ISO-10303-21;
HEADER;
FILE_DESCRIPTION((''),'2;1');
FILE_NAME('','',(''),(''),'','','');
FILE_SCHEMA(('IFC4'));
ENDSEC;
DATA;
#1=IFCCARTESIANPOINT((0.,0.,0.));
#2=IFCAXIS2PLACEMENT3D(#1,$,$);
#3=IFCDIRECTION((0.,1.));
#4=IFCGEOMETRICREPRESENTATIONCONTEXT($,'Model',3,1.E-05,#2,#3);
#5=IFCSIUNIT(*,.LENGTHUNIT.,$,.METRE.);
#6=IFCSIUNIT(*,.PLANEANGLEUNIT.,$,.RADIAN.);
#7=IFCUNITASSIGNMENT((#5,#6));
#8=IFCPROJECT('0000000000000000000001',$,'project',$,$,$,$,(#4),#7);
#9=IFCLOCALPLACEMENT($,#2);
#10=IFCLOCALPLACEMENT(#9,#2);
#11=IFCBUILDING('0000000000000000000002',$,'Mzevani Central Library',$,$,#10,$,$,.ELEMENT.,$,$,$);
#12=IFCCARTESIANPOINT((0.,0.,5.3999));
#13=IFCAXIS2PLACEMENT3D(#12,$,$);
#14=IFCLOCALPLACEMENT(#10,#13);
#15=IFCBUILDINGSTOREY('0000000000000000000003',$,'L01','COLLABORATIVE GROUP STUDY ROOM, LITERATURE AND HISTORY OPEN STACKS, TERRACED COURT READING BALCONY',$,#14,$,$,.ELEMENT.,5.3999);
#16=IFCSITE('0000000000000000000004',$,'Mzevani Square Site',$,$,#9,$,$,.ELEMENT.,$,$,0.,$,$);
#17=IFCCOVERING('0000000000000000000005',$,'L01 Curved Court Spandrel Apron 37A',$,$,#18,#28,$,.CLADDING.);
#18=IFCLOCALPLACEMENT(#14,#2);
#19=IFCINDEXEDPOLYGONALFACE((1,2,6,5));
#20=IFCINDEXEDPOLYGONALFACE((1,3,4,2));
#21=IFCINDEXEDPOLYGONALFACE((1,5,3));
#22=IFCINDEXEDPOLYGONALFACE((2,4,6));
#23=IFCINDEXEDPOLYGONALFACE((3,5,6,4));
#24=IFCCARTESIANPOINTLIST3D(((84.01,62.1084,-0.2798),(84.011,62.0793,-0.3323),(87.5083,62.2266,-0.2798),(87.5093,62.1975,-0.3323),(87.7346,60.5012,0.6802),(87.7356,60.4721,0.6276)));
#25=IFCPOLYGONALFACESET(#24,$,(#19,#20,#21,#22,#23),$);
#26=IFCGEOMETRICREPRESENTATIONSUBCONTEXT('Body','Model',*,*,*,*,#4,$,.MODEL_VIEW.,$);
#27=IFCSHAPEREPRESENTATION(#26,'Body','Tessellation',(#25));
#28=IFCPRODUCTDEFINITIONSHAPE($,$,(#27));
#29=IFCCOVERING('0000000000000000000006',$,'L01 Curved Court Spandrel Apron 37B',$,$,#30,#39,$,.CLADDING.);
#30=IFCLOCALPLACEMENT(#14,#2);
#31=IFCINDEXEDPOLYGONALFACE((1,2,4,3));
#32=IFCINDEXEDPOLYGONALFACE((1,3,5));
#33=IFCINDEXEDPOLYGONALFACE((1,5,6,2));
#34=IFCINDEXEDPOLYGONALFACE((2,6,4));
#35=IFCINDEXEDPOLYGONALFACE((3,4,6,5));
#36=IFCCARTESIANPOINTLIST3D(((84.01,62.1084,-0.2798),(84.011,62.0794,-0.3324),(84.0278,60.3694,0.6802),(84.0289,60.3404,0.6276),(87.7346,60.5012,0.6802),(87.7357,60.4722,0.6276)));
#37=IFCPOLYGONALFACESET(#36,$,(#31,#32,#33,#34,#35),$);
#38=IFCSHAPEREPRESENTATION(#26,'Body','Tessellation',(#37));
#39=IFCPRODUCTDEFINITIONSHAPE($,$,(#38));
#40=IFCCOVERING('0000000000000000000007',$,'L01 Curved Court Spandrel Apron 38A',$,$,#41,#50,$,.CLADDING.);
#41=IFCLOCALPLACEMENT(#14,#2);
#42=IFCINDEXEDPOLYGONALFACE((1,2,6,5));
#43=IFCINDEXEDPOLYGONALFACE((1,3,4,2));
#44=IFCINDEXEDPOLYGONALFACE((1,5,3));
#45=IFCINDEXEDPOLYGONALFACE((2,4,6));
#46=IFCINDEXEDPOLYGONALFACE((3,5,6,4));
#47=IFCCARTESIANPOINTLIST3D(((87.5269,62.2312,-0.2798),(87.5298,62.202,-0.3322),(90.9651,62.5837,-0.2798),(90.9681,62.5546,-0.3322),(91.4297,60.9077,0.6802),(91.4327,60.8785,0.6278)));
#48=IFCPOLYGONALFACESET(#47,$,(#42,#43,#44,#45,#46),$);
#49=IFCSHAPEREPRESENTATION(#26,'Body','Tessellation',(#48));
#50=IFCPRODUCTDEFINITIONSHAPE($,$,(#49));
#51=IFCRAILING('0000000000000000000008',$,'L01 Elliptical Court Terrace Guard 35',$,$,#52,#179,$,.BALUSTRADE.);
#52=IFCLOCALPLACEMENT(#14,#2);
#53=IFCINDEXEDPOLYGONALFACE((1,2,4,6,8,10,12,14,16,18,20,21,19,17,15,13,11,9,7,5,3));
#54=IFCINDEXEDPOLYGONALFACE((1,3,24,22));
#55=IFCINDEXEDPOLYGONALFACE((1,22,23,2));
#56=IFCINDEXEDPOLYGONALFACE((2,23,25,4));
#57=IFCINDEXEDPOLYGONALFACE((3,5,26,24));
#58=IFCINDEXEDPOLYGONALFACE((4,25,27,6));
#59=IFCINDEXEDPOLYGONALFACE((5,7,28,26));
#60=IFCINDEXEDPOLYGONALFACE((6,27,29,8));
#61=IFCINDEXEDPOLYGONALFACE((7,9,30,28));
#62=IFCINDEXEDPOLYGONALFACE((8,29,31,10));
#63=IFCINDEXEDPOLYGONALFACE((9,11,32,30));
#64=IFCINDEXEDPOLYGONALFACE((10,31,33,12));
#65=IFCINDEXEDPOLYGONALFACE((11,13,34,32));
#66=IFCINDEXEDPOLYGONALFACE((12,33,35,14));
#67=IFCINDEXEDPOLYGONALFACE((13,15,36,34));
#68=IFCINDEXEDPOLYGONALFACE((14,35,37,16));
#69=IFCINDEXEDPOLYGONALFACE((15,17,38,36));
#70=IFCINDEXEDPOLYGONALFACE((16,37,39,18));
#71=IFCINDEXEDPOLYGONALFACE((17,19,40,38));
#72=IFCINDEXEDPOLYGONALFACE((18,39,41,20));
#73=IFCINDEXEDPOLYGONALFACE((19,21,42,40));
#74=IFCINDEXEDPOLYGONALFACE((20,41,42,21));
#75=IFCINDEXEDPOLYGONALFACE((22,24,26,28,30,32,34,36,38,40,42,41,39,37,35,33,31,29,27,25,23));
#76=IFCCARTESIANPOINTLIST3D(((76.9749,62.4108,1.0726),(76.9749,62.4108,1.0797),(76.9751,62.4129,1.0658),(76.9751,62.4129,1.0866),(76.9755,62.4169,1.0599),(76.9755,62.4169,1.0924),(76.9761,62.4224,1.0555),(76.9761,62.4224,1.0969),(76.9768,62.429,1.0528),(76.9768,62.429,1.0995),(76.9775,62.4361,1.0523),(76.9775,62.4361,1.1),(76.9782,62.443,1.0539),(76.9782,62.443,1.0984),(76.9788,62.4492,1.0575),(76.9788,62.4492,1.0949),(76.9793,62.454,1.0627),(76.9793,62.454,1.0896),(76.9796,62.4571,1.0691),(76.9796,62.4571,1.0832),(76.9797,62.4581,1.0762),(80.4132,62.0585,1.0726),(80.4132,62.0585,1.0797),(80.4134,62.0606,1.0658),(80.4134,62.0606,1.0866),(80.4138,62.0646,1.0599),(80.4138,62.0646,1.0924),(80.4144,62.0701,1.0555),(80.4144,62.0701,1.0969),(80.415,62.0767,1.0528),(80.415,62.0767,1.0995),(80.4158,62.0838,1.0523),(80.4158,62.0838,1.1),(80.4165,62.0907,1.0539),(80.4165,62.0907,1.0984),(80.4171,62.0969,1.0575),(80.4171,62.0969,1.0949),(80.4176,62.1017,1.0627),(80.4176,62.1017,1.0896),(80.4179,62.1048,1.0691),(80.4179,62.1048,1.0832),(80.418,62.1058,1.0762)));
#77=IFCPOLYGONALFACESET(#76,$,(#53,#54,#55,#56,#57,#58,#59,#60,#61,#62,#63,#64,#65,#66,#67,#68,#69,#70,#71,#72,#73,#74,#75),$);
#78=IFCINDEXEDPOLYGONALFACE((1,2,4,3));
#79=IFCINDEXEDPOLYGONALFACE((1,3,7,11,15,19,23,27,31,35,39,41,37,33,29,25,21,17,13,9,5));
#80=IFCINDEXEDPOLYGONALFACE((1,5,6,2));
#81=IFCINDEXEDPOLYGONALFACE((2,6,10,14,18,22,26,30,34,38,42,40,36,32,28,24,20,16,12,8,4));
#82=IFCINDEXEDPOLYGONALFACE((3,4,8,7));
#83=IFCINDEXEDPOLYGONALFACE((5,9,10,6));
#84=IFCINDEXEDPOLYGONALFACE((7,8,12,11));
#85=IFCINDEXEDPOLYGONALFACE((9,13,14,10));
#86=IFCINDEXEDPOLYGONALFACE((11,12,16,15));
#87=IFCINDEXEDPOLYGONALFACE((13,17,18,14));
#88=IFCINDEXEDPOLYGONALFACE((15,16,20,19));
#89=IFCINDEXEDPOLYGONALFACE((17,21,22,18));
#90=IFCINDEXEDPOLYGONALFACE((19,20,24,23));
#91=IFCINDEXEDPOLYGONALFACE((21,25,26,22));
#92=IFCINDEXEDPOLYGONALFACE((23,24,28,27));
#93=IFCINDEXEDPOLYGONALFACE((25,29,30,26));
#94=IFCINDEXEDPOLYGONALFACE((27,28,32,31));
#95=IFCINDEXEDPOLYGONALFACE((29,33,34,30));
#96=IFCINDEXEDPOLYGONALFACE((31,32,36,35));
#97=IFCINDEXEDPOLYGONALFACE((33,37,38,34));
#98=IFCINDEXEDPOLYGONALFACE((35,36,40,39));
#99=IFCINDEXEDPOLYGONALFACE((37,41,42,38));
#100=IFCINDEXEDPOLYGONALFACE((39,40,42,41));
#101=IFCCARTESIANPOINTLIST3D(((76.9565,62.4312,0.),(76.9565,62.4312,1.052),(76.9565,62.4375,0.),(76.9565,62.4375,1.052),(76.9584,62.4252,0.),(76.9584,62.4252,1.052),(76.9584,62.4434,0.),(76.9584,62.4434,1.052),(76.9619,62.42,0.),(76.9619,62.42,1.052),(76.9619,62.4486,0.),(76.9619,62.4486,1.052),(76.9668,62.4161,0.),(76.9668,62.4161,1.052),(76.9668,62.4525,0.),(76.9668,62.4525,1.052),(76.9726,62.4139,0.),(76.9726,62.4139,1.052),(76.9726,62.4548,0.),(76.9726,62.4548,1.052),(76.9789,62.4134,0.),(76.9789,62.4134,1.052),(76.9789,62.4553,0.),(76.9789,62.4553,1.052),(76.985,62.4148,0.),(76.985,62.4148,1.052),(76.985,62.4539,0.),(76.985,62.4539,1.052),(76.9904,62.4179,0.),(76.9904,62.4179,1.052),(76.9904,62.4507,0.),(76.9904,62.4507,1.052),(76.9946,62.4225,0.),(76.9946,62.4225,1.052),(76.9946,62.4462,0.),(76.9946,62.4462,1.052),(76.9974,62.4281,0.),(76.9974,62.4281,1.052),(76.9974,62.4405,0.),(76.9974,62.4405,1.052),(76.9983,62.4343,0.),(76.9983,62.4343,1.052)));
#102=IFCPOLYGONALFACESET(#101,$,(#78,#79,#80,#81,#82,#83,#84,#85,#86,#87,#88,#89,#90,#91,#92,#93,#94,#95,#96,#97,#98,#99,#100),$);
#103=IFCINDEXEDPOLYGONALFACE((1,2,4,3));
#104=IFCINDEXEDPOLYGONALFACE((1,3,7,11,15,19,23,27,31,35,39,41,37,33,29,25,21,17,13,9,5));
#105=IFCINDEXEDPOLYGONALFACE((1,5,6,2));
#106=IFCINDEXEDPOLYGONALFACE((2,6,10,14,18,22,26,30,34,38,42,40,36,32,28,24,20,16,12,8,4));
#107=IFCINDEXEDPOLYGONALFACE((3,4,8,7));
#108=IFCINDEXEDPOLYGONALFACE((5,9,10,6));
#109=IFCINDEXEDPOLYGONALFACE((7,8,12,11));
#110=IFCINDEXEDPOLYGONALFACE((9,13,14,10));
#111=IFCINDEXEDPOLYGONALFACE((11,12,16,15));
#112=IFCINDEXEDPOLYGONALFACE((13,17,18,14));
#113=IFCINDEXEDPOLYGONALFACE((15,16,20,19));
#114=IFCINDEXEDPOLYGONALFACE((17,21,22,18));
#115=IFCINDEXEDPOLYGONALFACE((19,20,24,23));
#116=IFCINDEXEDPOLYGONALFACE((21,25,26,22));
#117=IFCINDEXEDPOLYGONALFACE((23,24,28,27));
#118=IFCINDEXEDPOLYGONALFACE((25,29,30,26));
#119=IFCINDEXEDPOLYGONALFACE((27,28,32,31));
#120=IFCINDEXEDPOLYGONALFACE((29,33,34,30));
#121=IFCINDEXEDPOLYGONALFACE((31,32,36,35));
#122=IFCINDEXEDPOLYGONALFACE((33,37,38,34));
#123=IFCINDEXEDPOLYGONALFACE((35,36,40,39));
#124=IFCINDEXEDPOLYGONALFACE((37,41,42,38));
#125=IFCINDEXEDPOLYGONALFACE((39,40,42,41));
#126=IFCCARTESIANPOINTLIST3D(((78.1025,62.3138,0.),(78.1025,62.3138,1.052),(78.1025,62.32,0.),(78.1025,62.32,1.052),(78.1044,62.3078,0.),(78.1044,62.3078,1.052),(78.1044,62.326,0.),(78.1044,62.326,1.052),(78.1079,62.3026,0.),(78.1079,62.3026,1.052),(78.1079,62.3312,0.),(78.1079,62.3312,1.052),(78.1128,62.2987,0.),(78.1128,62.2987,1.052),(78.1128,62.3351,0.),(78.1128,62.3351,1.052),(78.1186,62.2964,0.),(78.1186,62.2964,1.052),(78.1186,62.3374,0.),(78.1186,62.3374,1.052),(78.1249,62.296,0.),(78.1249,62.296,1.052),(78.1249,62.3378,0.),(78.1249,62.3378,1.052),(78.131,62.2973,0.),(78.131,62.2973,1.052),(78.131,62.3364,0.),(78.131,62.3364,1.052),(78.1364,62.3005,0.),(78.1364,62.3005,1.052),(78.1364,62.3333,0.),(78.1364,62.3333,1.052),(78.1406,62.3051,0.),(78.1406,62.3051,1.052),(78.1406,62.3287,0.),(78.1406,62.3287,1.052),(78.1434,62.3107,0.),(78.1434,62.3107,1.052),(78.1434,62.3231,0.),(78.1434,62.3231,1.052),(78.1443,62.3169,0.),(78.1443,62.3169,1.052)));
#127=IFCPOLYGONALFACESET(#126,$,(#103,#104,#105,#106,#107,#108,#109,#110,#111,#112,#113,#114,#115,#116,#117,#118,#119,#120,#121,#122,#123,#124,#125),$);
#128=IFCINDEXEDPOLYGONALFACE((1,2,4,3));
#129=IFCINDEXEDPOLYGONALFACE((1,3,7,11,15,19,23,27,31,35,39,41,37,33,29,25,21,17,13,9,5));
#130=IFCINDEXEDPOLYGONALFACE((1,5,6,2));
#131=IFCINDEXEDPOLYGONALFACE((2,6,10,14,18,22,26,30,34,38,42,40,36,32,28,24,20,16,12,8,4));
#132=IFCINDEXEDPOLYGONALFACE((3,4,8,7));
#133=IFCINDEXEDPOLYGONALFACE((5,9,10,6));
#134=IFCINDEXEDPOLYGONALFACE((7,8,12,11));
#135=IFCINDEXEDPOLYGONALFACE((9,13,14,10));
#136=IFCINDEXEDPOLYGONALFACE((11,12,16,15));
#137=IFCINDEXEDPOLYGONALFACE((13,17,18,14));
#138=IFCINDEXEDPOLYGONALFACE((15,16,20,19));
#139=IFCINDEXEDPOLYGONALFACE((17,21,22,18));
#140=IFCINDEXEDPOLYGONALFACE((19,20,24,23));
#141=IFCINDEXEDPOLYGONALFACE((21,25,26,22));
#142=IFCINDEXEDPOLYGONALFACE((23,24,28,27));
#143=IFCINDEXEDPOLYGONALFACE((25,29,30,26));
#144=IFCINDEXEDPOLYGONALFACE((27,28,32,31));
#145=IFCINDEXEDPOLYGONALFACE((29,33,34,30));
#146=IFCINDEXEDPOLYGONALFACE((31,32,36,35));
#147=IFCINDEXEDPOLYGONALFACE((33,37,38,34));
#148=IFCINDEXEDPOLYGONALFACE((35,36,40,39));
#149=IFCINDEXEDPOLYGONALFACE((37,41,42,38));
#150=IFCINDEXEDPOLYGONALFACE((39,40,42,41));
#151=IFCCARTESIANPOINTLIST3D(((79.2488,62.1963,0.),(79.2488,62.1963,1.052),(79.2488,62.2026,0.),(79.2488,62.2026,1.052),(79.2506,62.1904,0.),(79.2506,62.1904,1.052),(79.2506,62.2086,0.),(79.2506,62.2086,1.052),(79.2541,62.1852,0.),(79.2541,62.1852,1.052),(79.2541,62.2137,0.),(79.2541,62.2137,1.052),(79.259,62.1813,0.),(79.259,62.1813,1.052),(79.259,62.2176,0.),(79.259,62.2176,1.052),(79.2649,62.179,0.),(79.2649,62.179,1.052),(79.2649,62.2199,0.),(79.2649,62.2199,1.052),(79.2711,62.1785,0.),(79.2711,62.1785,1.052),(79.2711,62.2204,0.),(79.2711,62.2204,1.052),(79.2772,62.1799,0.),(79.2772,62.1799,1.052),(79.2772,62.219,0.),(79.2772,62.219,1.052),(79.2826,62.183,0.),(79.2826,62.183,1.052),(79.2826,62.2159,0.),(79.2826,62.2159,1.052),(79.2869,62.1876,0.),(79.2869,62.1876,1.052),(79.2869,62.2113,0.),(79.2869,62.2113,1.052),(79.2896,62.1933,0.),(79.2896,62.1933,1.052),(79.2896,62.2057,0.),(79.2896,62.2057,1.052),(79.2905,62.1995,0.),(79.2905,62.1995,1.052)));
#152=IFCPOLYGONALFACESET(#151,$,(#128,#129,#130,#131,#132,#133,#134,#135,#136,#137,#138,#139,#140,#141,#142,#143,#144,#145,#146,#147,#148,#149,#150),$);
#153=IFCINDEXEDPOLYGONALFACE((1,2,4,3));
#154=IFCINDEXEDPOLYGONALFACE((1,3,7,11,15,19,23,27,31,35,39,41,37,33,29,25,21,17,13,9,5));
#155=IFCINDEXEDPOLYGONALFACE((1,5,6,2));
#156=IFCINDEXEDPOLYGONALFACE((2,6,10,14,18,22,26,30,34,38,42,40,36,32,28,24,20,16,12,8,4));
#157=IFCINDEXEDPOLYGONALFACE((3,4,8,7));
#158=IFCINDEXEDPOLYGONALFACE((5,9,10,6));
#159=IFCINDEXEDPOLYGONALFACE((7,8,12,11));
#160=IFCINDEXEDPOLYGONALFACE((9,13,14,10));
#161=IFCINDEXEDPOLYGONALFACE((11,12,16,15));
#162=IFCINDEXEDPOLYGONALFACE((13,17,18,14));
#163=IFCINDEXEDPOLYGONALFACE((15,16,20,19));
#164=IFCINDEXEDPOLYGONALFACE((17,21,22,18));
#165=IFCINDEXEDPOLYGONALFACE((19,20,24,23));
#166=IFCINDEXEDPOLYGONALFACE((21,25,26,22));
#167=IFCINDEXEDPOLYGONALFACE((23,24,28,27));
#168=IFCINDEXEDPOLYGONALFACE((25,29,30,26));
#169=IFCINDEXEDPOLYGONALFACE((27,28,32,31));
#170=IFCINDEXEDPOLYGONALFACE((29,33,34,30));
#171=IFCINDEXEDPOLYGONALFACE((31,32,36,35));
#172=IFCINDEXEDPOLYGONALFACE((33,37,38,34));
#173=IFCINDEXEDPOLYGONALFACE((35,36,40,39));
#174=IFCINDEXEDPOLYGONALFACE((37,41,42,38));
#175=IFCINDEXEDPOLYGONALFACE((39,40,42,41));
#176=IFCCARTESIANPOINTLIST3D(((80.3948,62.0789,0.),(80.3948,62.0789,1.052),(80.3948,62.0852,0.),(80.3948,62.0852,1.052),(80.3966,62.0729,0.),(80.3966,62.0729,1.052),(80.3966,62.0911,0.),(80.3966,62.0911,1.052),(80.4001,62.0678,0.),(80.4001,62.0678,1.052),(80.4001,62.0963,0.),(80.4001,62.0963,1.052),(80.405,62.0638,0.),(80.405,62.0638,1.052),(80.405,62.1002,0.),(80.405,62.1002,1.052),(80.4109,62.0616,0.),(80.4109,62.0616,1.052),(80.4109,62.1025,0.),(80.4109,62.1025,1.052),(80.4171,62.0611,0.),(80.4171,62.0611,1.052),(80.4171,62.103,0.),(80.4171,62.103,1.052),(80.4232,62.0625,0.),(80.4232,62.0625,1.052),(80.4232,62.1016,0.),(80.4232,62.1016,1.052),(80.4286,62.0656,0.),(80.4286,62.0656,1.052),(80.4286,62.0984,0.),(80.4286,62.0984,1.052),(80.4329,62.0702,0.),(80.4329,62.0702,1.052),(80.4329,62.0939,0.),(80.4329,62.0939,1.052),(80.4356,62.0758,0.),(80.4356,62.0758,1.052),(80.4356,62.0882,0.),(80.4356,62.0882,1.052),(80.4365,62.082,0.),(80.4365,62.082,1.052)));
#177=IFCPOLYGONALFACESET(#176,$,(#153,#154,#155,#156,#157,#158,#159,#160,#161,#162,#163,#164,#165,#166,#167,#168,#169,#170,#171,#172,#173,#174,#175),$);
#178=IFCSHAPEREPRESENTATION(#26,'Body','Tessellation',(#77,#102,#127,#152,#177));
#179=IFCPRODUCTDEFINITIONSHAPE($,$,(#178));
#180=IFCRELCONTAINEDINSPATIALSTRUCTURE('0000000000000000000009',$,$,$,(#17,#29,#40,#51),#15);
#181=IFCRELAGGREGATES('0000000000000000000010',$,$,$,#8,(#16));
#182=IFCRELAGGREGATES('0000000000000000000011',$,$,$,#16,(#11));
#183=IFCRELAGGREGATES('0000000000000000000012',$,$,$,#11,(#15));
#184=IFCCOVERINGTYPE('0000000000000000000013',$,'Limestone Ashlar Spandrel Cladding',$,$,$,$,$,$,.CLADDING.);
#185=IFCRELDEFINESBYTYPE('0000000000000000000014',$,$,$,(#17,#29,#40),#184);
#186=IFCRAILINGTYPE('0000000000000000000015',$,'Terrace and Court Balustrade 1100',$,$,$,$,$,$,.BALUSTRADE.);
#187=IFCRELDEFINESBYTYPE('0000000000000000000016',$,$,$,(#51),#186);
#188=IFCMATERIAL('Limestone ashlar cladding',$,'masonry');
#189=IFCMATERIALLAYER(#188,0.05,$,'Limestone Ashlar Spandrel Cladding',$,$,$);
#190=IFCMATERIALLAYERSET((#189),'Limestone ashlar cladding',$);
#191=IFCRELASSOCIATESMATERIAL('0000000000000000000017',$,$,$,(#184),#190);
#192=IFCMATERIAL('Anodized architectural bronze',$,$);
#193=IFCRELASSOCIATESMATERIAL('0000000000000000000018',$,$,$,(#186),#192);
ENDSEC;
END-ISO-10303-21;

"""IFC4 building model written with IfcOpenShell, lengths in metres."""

from ifc_helpers import new_model, si_unit, direction, frame, origin, origin_2d, place, context, subcontext, project, spatial, polyline, circle, outline, extrude, material, layer, layer_set, type_object, element, save


model = new_model("IFC4")

# Units and contexts
model_context = context("Model", 3, precision=1e-05, world=origin(), true_north=direction((0.0, 1.0)))
body_context = subcontext(model_context, "Body", "Model", "MODEL_VIEW")
ifc_project = project(units=[si_unit("LENGTHUNIT", "METRE"), si_unit("PLANEANGLEUNIT", "RADIAN")], contexts=[model_context])

# Site, building, storey
site_placement = place(None, origin())
site = spatial("IfcSite", under=ifc_project, at=site_placement, Name="Mzevani Square Site", CompositionType="ELEMENT", RefElevation=0.0)
building_placement = place(site_placement, origin())
building = spatial("IfcBuilding", under=site, at=building_placement, Name="Mzevani Central Library", CompositionType="ELEMENT")
storey_placement = place(building_placement, frame((0.0, 0.0, 5.3999)))
storey = spatial("IfcBuildingStorey", under=building, at=storey_placement, Name="L01", Description="COLLABORATIVE GROUP STUDY ROOM, LITERATURE AND HISTORY OPEN STACKS, TERRACED COURT READING BALCONY", CompositionType="ELEMENT", Elevation=5.3999)

# Coverings
ifc_material_1 = material(Name="Limestone ashlar cladding", Category="masonry")
ifc_layer_1 = layer(ifc_material_1, 0.05, Name="Limestone Ashlar Spandrel Cladding")
ifc_layer_set_1 = layer_set([ifc_layer_1], Name="Limestone ashlar cladding")
covering_type = type_object("IfcCoveringType", Name="Limestone Ashlar Spandrel Cladding", PredefinedType="CLADDING", material=ifc_layer_set_1)
covering_1_placement = place(storey_placement, frame((84.01, 62.1084, -0.2798), z_axis=(-0.016365, 0.484494, 0.874641), x_axis=(0.99943, 0.033758, 0.0)))
element("IfcCovering", 1, at=covering_1_placement, inside=storey, type_object=covering_type, Name="L01 Curved Court Spandrel Apron 37A", PredefinedType="CLADDING", context=body_context, shape_type="SweptSolid", body=[
    extrude(outline(polyline([(0.0, 0.0), (3.5003, 0.0), (3.6682, -1.9802), (0.0, 0.0)])), origin(), (0.0, 0.0, -1.0), 0.0601),
])
covering_2_placement = place(storey_placement, frame((84.01, 62.1084, -0.2798), z_axis=(-0.017181, 0.483066, 0.875415), x_axis=(0.893491, -0.385543, 0.230284)))
element("IfcCovering", 2, at=covering_2_placement, inside=storey, type_object=covering_type, Name="L01 Curved Court Spandrel Apron 37B", PredefinedType="CLADDING", context=body_context, shape_type="SweptSolid", body=[
    extrude(outline(polyline([(0.0, 0.0), (4.1686, 0.0), (0.9075, -1.7671), (0.0, 0.0)])), origin(), (0.0, 0.0, -1.0), 0.0601),
])
covering_3_placement = place(storey_placement, frame((87.5269, 62.2312, -0.2798), z_axis=(-0.049828, 0.485956, 0.872562), x_axis=(0.994784, 0.102, 0.0)))
element("IfcCovering", 3, at=covering_3_placement, inside=storey, type_object=covering_type, Name="L01 Curved Court Spandrel Apron 38A", PredefinedType="CLADDING", context=body_context, shape_type="SweptSolid", body=[
    extrude(outline(polyline([(0.0, 0.0), (3.4563, 0.0), (3.7475, -1.9651), (0.0, 0.0)])), origin(), (0.0, 0.0, -1.0), 0.0601),
])

# Railing
ifc_material_2 = material(Name="Anodized architectural bronze")
railing_type = type_object("IfcRailingType", Name="Terrace and Court Balustrade 1100", PredefinedType="BALUSTRADE", material=ifc_material_2)
railing_1_placement = place(storey_placement, frame((76.9773, 62.4343, 0.0)))
element("IfcRailing", 4, at=railing_1_placement, inside=storey, type_object=railing_type, Name="L01 Elliptical Court Terrace Guard 35", PredefinedType="BALUSTRADE", context=body_context, shape_type="SweptSolid", body=[
    extrude(circle(Radius=0.0239, at=origin_2d()), frame((0.0, 0.0, 1.0762), z_axis=(0.994792, -0.10193, 0.0), x_axis=(0.10193, 0.994792, 0.0)), (0.0, 0.0, 1.0), 3.4563),
    extrude(circle(Radius=0.021, at=origin_2d()), origin(), (0.0, 0.0, 1.0), 1.052),
    extrude(circle(Radius=0.021, at=origin_2d()), frame((1.146, -0.1174, 0.0)), (0.0, 0.0, 1.0), 1.052),
    extrude(circle(Radius=0.021, at=origin_2d()), frame((2.2922, -0.2349, 0.0)), (0.0, 0.0, 1.0), 1.052),
    extrude(circle(Radius=0.021, at=origin_2d()), frame((3.4382, -0.3523, 0.0)), (0.0, 0.0, 1.0), 1.052),
])

save(model, "model.ifc")
